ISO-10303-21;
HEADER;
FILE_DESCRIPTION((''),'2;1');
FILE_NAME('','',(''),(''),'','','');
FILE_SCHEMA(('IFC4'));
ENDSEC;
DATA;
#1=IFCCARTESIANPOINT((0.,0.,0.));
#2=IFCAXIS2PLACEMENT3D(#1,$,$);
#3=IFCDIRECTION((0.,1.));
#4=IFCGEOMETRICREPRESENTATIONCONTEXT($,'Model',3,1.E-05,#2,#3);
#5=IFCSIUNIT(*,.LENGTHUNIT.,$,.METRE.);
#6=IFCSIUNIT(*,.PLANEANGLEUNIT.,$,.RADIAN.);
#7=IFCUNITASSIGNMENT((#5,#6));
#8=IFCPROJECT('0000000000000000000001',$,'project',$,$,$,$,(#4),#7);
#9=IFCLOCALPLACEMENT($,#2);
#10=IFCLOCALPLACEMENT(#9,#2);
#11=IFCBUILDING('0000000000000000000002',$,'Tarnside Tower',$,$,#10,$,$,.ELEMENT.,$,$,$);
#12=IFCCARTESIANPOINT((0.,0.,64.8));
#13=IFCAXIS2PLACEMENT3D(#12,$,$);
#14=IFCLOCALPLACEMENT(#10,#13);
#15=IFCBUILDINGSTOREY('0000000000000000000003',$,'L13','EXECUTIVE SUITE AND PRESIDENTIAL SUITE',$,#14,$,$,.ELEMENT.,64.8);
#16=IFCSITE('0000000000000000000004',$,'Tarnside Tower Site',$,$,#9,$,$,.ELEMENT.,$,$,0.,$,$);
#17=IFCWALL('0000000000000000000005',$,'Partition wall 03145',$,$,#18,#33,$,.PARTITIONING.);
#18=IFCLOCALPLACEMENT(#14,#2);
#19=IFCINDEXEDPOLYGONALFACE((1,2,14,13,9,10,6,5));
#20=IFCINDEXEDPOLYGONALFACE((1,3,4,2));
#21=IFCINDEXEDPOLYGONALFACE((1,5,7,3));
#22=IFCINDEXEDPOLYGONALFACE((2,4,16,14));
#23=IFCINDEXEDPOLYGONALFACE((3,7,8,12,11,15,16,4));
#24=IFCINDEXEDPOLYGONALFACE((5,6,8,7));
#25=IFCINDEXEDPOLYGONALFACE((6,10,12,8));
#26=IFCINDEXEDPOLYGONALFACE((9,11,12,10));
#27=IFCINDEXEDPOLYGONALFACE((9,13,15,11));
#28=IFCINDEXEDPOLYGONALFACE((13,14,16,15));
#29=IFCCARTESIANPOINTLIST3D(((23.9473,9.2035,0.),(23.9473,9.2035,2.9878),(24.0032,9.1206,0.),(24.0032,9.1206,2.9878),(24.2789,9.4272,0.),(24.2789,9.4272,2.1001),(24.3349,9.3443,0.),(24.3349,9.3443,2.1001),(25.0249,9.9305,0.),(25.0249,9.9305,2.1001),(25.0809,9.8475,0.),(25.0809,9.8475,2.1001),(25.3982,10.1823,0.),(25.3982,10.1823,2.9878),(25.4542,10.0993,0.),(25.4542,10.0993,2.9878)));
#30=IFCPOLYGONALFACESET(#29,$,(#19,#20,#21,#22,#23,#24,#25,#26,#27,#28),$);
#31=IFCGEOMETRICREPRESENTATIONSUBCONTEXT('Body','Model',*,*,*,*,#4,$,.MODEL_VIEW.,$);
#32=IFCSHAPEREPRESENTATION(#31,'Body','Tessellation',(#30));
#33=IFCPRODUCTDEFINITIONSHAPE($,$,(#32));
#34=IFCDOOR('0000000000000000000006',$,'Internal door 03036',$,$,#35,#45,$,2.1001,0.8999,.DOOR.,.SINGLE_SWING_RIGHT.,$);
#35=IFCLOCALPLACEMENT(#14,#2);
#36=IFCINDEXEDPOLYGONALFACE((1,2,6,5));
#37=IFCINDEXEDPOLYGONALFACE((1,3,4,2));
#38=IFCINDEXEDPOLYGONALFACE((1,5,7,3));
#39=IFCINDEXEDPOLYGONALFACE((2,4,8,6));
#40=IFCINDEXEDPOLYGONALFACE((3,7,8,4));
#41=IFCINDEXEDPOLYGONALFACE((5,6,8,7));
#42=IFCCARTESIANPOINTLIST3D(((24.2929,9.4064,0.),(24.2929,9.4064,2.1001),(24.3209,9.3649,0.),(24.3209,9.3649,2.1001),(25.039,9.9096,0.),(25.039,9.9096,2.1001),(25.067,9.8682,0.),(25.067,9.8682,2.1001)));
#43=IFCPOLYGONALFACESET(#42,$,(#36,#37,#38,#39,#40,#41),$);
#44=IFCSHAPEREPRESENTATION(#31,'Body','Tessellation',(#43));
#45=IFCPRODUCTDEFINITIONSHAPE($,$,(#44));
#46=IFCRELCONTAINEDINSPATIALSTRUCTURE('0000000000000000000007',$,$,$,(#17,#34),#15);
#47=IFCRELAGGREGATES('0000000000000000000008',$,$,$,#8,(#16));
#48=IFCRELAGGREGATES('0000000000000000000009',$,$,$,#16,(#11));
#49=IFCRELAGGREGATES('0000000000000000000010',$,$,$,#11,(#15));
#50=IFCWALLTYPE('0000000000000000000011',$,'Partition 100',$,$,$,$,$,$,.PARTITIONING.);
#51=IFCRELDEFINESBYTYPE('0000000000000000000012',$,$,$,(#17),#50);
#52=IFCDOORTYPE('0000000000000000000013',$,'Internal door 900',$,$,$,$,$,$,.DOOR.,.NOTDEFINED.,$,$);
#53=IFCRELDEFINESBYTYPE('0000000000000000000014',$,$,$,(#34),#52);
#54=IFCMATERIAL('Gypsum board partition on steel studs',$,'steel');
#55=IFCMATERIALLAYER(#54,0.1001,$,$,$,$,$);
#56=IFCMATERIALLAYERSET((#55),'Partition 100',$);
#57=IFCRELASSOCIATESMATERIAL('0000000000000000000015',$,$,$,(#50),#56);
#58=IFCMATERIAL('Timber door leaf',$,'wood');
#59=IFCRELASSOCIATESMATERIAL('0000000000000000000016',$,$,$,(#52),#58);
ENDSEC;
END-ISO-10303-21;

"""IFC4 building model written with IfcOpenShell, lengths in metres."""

from ifc_helpers import new_model, si_unit, direction, frame, frame_2d, origin, place, context, subcontext, project, spatial, rectangle, extrude, material, layer, layer_set, type_object, element, fill, save


model = new_model("IFC4")

# Units and contexts
model_context = context("Model", 3, precision=1e-05, world=origin(), true_north=direction((0.0, 1.0)))
body_context = subcontext(model_context, "Body", "Model", "MODEL_VIEW")
ifc_project = project(units=[si_unit("LENGTHUNIT", "METRE"), si_unit("PLANEANGLEUNIT", "RADIAN")], contexts=[model_context])

# Site, building, storey
site_placement = place(None, origin())
site = spatial("IfcSite", under=ifc_project, at=site_placement, Name="Tarnside Tower Site", CompositionType="ELEMENT", RefElevation=0.0)
building_placement = place(site_placement, origin())
building = spatial("IfcBuilding", under=site, at=building_placement, Name="Tarnside Tower", CompositionType="ELEMENT")
storey_placement = place(building_placement, frame((0.0, 0.0, 64.8)))
storey = spatial("IfcBuildingStorey", under=building, at=storey_placement, Name="L13", Description="EXECUTIVE SUITE AND PRESIDENTIAL SUITE", CompositionType="ELEMENT", Elevation=64.8)

# Shared definitions
ifc_material_1 = material(Name="Gypsum board partition on steel studs", Category="steel")

# Shared definitions
ifc_material_2 = material(Name="Timber door leaf", Category="wood")

# Wall, opening, door
ifc_layer_1 = layer(ifc_material_1, 0.1001)
ifc_layer_set_1 = layer_set([ifc_layer_1], Name="Partition 100")
wall_type_1 = type_object("IfcWallType", Name="Partition 100", PredefinedType="PARTITIONING", material=ifc_layer_set_1)
wall_1_placement = place(storey_placement, frame((23.9753, 9.1621, 0.0), z_axis=(0.0, 0.0, 1.0), x_axis=(0.829012, 0.559231, 0.0)))
wall_1 = element("IfcWall", 1, at=wall_1_placement, inside=storey, type_object=wall_type_1, Name="Partition wall 03145", PredefinedType="PARTITIONING", context=body_context, shape_type="SweptSolid", body=[
    extrude(rectangle(XDim=1.7502, YDim=0.1001, at=frame_2d((0.875, 0.0))), origin(), (0.0, 0.0, 1.0), 2.9878),
])
opening_1_placement = place(wall_1_placement, frame((0.3999, 0.0, 0.0)))
opening_1 = element("IfcOpeningElement", 2, at=opening_1_placement, cuts=wall_1, PredefinedType="OPENING", context=body_context, shape_type="SweptSolid", body=[
    extrude(rectangle(XDim=0.8999, YDim=2.1001, at=frame_2d((0.45, 1.05))), frame((0.0, 0.0601, 0.0), z_axis=(0.0, -1.0, 0.0), x_axis=(1.0, 0.0, 0.0)), (0.0, 0.0, 1.0), 0.1201),
])
door_type_1 = type_object("IfcDoorType", Name="Internal door 900", OperationType="NOTDEFINED", PredefinedType="DOOR", material=ifc_material_2)
door_1_placement = place(opening_1_placement, origin())
door_1 = element("IfcDoor", 3, at=door_1_placement, inside=storey, type_object=door_type_1, Name="Internal door 03036", OperationType="SINGLE_SWING_RIGHT", OverallHeight=2.1001, OverallWidth=0.8999, PredefinedType="DOOR", context=body_context, shape_type="SweptSolid", body=[
    extrude(rectangle(XDim=0.8999, YDim=2.1001, at=frame_2d((0.45, 1.05))), frame((0.0, 0.0249, 0.0), z_axis=(0.0, -1.0, 0.0), x_axis=(1.0, 0.0, 0.0)), (0.0, 0.0, 1.0), 0.05),
])
fill(opening_1, door_1)

save(model, "model.ifc")
